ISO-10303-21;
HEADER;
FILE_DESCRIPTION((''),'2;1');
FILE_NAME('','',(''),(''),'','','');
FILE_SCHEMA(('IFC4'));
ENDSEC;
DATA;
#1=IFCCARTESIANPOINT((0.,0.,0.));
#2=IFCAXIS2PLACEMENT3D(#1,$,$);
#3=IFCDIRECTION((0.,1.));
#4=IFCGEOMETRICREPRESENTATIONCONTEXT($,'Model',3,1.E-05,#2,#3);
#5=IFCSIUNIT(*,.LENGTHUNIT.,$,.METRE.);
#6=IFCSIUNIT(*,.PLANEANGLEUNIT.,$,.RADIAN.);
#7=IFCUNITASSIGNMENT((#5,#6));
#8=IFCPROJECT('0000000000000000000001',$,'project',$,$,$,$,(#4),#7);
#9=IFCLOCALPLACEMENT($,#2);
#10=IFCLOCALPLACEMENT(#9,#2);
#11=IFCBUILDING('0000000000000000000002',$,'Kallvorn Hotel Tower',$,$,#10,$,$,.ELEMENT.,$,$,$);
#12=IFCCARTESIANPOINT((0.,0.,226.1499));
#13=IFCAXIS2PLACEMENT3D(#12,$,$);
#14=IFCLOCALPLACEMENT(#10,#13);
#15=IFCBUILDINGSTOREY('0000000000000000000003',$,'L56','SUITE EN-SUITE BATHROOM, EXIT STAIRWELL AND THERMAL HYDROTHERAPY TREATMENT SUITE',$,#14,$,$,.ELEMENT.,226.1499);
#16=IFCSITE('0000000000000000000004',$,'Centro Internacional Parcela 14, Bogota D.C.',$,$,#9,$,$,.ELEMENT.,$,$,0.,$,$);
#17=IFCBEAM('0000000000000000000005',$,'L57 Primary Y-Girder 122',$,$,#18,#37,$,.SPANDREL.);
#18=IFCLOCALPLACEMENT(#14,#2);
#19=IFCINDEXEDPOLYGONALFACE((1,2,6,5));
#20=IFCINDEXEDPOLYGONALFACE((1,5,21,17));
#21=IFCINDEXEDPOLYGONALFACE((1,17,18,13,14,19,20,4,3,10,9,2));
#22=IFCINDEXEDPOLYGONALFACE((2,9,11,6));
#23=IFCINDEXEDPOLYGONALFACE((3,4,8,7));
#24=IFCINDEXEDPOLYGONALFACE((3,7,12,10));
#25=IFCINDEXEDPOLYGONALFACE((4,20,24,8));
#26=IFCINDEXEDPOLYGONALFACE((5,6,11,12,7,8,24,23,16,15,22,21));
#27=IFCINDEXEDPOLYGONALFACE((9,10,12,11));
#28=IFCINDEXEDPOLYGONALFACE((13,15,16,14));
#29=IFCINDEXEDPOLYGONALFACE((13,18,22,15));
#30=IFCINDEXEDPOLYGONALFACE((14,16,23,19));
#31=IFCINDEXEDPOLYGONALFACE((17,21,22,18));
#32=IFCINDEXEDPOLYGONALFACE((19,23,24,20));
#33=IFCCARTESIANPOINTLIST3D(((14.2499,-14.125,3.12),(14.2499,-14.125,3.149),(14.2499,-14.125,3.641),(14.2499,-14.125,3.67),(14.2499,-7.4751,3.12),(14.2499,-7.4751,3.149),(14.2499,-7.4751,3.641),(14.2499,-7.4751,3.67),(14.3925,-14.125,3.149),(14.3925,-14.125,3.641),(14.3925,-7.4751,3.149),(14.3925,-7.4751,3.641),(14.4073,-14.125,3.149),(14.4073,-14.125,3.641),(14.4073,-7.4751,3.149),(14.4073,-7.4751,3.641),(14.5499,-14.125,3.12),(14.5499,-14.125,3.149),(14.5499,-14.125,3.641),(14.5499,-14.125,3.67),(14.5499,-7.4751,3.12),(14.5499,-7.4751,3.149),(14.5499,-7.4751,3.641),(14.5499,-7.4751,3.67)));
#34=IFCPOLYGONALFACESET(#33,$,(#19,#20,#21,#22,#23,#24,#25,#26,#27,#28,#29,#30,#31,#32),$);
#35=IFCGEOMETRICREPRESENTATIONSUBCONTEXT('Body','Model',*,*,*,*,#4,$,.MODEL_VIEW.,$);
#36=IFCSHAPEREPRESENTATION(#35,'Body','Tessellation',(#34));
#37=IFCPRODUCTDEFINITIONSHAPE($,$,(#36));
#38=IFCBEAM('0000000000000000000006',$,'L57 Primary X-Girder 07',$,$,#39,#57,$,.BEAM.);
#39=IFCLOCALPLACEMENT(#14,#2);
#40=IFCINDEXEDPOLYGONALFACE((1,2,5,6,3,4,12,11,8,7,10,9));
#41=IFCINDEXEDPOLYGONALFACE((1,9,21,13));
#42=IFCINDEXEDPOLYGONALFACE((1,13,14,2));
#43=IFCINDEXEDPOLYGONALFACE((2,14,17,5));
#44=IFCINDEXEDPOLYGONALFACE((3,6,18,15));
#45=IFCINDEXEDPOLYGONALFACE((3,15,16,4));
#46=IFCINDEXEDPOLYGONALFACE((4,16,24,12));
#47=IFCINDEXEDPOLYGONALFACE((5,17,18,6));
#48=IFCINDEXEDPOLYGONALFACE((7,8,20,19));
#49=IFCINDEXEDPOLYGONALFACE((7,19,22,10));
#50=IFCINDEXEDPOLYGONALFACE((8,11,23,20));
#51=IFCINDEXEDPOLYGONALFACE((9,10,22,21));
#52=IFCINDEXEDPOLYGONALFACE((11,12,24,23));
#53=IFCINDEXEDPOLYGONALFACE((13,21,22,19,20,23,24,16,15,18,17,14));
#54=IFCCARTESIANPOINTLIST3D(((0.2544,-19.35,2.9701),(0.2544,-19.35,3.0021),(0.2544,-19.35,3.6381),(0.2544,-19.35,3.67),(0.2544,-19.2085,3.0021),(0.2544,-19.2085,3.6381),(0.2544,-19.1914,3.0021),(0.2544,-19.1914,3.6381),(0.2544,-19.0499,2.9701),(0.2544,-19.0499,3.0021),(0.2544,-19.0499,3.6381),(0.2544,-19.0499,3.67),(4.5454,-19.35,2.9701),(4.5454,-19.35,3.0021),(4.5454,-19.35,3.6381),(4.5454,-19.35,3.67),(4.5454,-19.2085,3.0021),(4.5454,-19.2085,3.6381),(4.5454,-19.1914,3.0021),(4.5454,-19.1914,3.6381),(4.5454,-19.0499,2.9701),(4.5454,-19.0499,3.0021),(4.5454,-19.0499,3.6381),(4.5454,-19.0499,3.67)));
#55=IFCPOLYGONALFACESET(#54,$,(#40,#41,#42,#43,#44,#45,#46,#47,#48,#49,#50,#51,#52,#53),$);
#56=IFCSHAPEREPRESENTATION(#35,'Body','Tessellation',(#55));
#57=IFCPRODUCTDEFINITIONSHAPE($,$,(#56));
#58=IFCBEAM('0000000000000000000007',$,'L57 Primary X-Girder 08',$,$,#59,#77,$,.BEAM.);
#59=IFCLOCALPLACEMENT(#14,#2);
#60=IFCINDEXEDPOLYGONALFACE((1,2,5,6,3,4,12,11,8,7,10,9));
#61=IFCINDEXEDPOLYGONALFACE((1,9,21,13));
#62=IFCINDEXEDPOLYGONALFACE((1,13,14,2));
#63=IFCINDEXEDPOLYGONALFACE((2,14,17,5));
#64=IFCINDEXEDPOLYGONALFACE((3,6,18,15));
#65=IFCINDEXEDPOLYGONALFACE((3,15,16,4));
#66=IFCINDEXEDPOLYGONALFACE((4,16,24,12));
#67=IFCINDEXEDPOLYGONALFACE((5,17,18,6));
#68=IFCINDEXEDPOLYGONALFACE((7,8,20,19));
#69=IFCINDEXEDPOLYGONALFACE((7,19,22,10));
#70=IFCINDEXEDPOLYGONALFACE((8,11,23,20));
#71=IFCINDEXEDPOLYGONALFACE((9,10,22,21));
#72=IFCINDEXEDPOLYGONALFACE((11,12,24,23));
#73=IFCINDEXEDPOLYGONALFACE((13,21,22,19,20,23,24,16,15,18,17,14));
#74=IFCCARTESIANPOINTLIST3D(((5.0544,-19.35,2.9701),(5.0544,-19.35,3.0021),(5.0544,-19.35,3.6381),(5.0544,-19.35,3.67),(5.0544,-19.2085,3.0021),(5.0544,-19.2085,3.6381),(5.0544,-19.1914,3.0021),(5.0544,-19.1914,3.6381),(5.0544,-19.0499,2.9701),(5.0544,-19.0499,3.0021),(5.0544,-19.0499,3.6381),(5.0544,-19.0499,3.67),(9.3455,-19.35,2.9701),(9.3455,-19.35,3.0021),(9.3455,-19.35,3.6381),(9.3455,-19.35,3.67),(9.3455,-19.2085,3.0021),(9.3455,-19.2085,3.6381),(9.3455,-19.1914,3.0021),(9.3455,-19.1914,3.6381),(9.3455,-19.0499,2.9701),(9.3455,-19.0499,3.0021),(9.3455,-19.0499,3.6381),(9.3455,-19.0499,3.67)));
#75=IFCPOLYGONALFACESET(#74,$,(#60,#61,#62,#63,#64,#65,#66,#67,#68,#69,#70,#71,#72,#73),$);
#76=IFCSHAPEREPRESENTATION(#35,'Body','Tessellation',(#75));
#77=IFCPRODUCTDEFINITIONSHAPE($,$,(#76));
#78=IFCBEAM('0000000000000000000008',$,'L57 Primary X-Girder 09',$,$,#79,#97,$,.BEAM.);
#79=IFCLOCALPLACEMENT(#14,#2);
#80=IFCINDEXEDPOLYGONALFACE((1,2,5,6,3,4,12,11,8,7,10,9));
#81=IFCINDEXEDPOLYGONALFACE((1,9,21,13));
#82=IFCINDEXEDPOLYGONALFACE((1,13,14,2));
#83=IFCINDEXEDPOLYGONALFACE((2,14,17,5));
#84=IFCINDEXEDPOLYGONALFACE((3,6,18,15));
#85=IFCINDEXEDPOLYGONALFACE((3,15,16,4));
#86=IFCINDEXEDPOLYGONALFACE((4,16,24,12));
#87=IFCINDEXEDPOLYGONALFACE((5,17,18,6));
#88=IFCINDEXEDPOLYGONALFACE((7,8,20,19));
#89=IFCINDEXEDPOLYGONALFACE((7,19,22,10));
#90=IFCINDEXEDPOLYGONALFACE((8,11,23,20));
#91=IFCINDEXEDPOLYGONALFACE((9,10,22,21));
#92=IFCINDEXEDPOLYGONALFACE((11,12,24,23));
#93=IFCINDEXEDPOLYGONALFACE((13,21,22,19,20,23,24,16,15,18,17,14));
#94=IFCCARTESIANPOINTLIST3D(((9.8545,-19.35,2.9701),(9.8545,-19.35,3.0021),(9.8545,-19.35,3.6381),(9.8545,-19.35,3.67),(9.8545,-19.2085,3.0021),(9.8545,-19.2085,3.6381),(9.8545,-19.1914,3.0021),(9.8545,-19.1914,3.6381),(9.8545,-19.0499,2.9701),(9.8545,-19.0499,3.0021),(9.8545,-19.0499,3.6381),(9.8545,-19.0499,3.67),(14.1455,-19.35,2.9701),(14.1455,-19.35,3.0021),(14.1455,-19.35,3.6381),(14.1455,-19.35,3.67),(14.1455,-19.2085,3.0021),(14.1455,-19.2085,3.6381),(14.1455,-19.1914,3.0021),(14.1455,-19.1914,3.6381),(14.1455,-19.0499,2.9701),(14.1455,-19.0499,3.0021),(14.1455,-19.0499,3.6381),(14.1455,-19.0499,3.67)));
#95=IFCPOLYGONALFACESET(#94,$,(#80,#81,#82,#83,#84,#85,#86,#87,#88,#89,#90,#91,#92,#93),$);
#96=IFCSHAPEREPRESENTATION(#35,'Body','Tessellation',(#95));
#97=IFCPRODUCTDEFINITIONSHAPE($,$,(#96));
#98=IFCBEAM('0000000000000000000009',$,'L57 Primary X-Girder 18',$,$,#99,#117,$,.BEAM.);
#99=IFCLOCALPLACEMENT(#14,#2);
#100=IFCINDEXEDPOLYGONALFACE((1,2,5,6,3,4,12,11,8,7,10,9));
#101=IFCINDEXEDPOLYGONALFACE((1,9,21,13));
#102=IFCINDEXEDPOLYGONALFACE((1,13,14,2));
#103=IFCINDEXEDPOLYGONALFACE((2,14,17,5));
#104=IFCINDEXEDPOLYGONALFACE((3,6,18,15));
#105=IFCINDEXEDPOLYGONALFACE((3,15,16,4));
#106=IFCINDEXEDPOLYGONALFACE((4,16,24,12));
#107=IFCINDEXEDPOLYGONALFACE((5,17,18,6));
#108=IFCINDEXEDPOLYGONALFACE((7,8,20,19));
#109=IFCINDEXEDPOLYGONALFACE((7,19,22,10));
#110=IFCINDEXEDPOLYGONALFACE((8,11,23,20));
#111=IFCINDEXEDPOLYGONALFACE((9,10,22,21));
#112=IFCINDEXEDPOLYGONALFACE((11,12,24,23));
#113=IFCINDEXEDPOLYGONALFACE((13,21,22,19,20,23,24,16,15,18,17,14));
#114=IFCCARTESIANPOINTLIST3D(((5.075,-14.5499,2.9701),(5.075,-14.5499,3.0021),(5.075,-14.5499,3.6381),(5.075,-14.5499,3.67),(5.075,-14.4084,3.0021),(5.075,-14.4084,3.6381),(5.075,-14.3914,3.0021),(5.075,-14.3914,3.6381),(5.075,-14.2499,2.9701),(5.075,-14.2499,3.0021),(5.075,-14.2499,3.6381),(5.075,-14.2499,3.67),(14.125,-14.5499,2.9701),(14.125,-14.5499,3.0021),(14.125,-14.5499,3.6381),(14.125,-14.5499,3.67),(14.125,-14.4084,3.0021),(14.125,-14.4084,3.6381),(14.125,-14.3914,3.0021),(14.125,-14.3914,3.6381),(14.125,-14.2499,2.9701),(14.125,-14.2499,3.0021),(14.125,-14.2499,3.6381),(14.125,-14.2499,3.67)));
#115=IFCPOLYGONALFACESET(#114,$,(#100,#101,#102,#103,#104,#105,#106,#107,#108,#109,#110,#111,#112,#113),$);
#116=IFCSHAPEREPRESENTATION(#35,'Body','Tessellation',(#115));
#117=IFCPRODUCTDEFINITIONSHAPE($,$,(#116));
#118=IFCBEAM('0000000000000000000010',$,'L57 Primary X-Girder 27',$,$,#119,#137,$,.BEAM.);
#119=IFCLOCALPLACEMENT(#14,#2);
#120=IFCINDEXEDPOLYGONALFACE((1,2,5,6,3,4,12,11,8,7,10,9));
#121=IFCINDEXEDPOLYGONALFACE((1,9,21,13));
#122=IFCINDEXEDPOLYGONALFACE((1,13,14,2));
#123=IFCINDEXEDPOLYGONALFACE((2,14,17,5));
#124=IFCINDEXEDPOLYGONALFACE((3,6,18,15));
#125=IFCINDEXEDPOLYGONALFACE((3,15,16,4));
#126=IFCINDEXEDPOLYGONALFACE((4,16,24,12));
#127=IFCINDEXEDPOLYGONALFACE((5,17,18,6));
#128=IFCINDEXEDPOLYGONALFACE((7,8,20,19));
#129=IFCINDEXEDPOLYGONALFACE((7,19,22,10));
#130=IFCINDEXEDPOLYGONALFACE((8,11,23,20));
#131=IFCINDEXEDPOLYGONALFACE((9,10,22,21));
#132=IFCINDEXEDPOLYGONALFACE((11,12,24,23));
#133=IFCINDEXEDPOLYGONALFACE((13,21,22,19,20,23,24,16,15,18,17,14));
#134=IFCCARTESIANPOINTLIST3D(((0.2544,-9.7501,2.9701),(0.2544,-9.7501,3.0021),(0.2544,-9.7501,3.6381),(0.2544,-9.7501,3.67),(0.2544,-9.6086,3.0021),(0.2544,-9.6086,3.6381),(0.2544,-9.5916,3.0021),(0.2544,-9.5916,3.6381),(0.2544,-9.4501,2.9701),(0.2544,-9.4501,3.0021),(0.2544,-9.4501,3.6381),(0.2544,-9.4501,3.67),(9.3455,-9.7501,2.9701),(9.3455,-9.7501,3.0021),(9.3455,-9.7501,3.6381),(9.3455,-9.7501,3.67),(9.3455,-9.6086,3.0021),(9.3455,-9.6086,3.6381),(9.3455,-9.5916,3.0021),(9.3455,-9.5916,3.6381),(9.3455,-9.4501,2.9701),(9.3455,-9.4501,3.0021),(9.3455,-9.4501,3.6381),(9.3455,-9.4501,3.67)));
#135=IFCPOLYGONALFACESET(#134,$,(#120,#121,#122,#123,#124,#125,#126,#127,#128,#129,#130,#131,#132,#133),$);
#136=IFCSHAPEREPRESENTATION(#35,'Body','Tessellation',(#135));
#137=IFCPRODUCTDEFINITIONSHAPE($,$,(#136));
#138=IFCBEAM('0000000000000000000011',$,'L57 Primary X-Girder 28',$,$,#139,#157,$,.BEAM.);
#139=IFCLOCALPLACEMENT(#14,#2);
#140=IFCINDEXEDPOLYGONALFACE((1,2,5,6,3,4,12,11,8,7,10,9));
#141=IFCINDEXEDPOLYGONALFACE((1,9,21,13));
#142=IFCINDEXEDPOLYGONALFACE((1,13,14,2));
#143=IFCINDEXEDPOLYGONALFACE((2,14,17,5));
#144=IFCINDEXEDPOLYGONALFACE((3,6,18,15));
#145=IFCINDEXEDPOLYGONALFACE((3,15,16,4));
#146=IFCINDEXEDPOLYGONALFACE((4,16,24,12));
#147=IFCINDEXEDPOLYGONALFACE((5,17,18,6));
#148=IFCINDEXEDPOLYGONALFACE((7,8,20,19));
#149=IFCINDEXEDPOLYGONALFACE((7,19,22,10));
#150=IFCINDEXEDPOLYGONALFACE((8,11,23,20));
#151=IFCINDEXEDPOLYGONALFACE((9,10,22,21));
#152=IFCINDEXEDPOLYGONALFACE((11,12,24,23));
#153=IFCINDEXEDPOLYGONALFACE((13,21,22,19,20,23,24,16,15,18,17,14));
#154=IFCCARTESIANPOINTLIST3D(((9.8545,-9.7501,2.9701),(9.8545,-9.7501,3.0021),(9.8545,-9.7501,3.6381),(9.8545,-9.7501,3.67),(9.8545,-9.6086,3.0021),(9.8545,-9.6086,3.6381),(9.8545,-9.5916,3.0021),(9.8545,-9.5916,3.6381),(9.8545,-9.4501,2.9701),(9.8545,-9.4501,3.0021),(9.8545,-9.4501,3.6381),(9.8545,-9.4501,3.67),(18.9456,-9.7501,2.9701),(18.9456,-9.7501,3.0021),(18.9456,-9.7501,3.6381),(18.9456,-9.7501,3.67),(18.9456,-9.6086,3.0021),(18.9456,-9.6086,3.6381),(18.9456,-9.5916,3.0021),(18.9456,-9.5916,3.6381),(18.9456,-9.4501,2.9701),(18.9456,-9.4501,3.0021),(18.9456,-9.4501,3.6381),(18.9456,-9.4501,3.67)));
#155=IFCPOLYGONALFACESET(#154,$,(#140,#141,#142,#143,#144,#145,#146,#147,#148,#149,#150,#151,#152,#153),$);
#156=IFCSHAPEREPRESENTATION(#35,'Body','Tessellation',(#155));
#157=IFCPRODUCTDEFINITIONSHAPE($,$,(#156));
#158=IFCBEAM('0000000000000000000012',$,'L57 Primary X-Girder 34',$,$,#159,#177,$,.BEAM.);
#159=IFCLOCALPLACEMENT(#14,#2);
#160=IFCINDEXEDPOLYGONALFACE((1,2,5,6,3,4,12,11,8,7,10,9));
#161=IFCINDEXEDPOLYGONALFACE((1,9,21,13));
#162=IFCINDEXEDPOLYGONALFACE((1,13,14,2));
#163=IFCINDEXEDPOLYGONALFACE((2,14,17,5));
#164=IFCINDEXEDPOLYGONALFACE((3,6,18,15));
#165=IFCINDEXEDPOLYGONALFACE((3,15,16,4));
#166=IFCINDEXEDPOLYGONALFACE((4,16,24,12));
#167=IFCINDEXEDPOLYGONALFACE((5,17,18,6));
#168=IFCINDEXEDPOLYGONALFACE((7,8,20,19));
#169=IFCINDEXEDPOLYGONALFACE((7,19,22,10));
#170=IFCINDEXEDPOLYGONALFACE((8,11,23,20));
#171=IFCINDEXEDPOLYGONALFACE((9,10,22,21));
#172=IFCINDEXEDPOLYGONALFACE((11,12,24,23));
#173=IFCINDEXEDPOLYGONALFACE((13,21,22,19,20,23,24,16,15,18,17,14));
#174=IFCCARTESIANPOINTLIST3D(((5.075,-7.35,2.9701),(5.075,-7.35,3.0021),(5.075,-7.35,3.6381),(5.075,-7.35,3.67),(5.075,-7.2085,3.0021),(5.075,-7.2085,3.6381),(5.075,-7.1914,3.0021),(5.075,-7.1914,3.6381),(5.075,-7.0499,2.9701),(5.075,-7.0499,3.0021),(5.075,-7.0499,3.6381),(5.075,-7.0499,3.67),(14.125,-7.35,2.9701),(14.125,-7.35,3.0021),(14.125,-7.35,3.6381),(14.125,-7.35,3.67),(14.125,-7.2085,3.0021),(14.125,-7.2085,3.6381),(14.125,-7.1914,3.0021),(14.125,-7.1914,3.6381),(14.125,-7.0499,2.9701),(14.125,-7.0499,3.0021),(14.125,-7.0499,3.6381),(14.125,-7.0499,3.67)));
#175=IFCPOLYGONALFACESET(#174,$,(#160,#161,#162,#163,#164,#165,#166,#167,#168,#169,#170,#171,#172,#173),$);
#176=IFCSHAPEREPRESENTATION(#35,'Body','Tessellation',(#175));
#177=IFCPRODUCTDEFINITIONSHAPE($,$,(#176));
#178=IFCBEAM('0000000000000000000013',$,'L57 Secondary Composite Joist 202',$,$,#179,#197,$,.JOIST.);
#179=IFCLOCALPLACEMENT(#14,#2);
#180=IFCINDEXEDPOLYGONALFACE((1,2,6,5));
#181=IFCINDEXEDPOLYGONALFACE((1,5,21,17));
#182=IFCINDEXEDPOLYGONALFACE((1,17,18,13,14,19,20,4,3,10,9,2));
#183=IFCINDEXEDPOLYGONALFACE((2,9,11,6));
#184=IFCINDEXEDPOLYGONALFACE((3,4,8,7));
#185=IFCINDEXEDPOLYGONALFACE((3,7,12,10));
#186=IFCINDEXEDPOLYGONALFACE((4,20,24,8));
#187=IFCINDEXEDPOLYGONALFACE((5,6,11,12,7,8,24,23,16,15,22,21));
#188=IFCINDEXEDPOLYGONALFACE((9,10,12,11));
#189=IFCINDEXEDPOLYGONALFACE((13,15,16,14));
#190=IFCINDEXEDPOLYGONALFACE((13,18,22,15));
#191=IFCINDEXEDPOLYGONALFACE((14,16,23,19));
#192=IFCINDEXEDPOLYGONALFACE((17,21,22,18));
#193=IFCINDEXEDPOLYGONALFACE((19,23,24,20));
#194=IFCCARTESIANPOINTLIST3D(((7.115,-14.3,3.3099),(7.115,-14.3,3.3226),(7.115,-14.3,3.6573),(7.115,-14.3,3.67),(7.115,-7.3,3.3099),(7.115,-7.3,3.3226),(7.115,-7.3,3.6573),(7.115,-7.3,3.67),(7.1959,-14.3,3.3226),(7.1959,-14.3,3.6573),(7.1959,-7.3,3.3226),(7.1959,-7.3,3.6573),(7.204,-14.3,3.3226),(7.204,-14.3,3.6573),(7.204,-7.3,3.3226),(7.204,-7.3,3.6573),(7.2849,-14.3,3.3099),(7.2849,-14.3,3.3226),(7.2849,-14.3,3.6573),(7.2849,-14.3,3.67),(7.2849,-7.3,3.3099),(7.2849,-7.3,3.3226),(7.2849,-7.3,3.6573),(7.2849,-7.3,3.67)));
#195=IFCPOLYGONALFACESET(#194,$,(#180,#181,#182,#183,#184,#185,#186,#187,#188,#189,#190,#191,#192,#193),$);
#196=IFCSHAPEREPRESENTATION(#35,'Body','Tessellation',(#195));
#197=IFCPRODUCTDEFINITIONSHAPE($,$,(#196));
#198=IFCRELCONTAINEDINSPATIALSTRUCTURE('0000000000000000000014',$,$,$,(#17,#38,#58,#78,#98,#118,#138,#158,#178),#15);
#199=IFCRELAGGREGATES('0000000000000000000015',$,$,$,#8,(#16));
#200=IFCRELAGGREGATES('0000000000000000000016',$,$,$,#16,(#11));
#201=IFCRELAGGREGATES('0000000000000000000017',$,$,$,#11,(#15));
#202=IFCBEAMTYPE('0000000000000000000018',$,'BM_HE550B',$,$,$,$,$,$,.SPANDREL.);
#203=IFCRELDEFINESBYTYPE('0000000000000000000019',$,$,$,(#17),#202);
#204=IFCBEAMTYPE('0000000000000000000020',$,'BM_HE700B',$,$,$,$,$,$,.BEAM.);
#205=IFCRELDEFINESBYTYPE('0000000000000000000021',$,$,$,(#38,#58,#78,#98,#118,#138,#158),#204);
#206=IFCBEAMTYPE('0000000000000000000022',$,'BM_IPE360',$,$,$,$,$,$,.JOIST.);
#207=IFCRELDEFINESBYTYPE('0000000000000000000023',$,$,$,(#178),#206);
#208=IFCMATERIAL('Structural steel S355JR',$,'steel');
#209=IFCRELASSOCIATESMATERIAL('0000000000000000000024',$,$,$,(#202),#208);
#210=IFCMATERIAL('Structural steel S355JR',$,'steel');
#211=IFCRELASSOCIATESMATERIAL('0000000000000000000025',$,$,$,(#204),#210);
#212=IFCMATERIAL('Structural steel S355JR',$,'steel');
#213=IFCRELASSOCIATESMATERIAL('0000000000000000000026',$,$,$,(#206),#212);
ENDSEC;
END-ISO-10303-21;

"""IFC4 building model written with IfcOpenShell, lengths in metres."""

from ifc_helpers import new_model, si_unit, direction, frame, origin, origin_2d, place, context, subcontext, project, spatial, i_section, extrude, material, material_profile, profile_set, type_object, element, save


model = new_model("IFC4")

# Units and contexts
model_context = context("Model", 3, precision=1e-05, world=origin(), true_north=direction((0.0, 1.0)))
body_context = subcontext(model_context, "Body", "Model", "MODEL_VIEW")
ifc_project = project(units=[si_unit("LENGTHUNIT", "METRE"), si_unit("PLANEANGLEUNIT", "RADIAN")], contexts=[model_context])

# Site, building, storey
site_placement = place(None, origin())
site = spatial("IfcSite", under=ifc_project, at=site_placement, Name="Centro Internacional Parcela 14, Bogota D.C.", CompositionType="ELEMENT", RefElevation=0.0)
building_placement = place(site_placement, origin())
building = spatial("IfcBuilding", under=site, at=building_placement, Name="Kallvorn Hotel Tower", CompositionType="ELEMENT")
storey_placement = place(building_placement, frame((0.0, 0.0, 226.1499)))
storey = spatial("IfcBuildingStorey", under=building, at=storey_placement, Name="L56", Description="SUITE EN-SUITE BATHROOM, EXIT STAIRWELL AND THERMAL HYDROTHERAPY TREATMENT SUITE", CompositionType="ELEMENT", Elevation=226.1499)

# Beams
ifc_material_1 = material(Name="Structural steel S355JR", Category="steel")
ifc_material_profile_1 = material_profile(ifc_material_1, i_section(OverallWidth=0.3, OverallDepth=0.55, WebThickness=0.0149, FlangeThickness=0.0291, at=origin_2d()), Name="HE 550 B")
ifc_profile_set_1 = profile_set([ifc_material_profile_1], Name="Structural steel S355JR")
beam_type_1 = type_object("IfcBeamType", Name="BM_HE550B", PredefinedType="SPANDREL", material=ifc_profile_set_1)
beam_1_placement = place(storey_placement, frame((14.3999, -14.125, 3.395), z_axis=(0.0, 1.0, 0.0), x_axis=(-1.0, 0.0, 0.0)))
element("IfcBeam", 1, at=beam_1_placement, inside=storey, type_object=beam_type_1, Name="L57 Primary Y-Girder 122", PredefinedType="SPANDREL", context=body_context, shape_type="SweptSolid", body=[
    extrude(i_section(OverallWidth=0.3, OverallDepth=0.55, WebThickness=0.0149, FlangeThickness=0.0291, at=origin_2d()), origin(), (0.0, 0.0, 1.0), 6.6499),
])
ifc_material_2 = material(Name="Structural steel S355JR", Category="steel")
ifc_material_profile_2 = material_profile(ifc_material_2, i_section(OverallWidth=0.3, OverallDepth=0.7, WebThickness=0.0171, FlangeThickness=0.032, at=origin_2d()), Name="HE 700 B")
ifc_profile_set_2 = profile_set([ifc_material_profile_2], Name="Structural steel S355JR")
beam_type_2 = type_object("IfcBeamType", Name="BM_HE700B", PredefinedType="BEAM", material=ifc_profile_set_2)
for number, where, z_axis, x_axis, name in (
    (2, (0.2544, -19.2, 3.3201), (1.0, 0.0, 0.0), (0.0, 1.0, 0.0), "L57 Primary X-Girder 07"),
    (3, (5.0544, -19.2, 3.3201), (1.0, 0.0, 0.0), (0.0, 1.0, 0.0), "L57 Primary X-Girder 08"),
    (4, (9.8545, -19.2, 3.3201), (1.0, 0.0, 0.0), (0.0, 1.0, 0.0), "L57 Primary X-Girder 09"),
):
    element("IfcBeam", number, at=place(storey_placement, frame(where, z_axis=z_axis, x_axis=x_axis)), inside=storey, type_object=beam_type_2, Name=name, PredefinedType="BEAM", context=body_context, shape_type="SweptSolid", body=[
        extrude(i_section(OverallWidth=0.3, OverallDepth=0.7, WebThickness=0.0171, FlangeThickness=0.032, at=origin_2d()), origin(), (0.0, 0.0, 1.0), 4.291),
    ])
beam_2_placement = place(storey_placement, frame((5.075, -14.3999, 3.3201), z_axis=(1.0, 0.0, 0.0), x_axis=(0.0, 1.0, 0.0)))
element("IfcBeam", 5, at=beam_2_placement, inside=storey, type_object=beam_type_2, Name="L57 Primary X-Girder 18", PredefinedType="BEAM", context=body_context, shape_type="SweptSolid", body=[
    extrude(i_section(OverallWidth=0.3, OverallDepth=0.7, WebThickness=0.0171, FlangeThickness=0.032, at=origin_2d()), origin(), (0.0, 0.0, 1.0), 9.05),
])
for number, where, z_axis, x_axis, name in (
    (6, (0.2544, -9.6001, 3.3201), (1.0, 0.0, 0.0), (0.0, 1.0, 0.0), "L57 Primary X-Girder 27"),
    (7, (9.8545, -9.6001, 3.3201), (1.0, 0.0, 0.0), (0.0, 1.0, 0.0), "L57 Primary X-Girder 28"),
):
    element("IfcBeam", number, at=place(storey_placement, frame(where, z_axis=z_axis, x_axis=x_axis)), inside=storey, type_object=beam_type_2, Name=name, PredefinedType="BEAM", context=body_context, shape_type="SweptSolid", body=[
        extrude(i_section(OverallWidth=0.3, OverallDepth=0.7, WebThickness=0.0171, FlangeThickness=0.032, at=origin_2d()), origin(), (0.0, 0.0, 1.0), 9.0911),
    ])
beam_3_placement = place(storey_placement, frame((5.075, -7.2, 3.3201), z_axis=(1.0, 0.0, 0.0), x_axis=(0.0, 1.0, 0.0)))
element("IfcBeam", 8, at=beam_3_placement, inside=storey, type_object=beam_type_2, Name="L57 Primary X-Girder 34", PredefinedType="BEAM", context=body_context, shape_type="SweptSolid", body=[
    extrude(i_section(OverallWidth=0.3, OverallDepth=0.7, WebThickness=0.0171, FlangeThickness=0.032, at=origin_2d()), origin(), (0.0, 0.0, 1.0), 9.05),
])
ifc_material_3 = material(Name="Structural steel S355JR", Category="steel")
ifc_material_profile_3 = material_profile(ifc_material_3, i_section(OverallWidth=0.1699, OverallDepth=0.3601, WebThickness=0.0081, FlangeThickness=0.0127, at=origin_2d()), Name="IPE 360")
ifc_profile_set_3 = profile_set([ifc_material_profile_3], Name="Structural steel S355JR")
beam_type_3 = type_object("IfcBeamType", Name="BM_IPE360", PredefinedType="JOIST", material=ifc_profile_set_3)
for number, where, z_axis, x_axis, name in (
    (9, (7.2, -14.3, 3.49), (0.0, 1.0, 0.0), (-1.0, 0.0, 0.0), "L57 Secondary Composite Joist 202"),
):
    element("IfcBeam", number, at=place(storey_placement, frame(where, z_axis=z_axis, x_axis=x_axis)), inside=storey, type_object=beam_type_3, Name=name, PredefinedType="JOIST", context=body_context, shape_type="SweptSolid", body=[
        extrude(i_section(OverallWidth=0.1699, OverallDepth=0.3601, WebThickness=0.0081, FlangeThickness=0.0127, at=origin_2d()), origin(), (0.0, 0.0, 1.0), 7.0),
    ])

save(model, "model.ifc")
